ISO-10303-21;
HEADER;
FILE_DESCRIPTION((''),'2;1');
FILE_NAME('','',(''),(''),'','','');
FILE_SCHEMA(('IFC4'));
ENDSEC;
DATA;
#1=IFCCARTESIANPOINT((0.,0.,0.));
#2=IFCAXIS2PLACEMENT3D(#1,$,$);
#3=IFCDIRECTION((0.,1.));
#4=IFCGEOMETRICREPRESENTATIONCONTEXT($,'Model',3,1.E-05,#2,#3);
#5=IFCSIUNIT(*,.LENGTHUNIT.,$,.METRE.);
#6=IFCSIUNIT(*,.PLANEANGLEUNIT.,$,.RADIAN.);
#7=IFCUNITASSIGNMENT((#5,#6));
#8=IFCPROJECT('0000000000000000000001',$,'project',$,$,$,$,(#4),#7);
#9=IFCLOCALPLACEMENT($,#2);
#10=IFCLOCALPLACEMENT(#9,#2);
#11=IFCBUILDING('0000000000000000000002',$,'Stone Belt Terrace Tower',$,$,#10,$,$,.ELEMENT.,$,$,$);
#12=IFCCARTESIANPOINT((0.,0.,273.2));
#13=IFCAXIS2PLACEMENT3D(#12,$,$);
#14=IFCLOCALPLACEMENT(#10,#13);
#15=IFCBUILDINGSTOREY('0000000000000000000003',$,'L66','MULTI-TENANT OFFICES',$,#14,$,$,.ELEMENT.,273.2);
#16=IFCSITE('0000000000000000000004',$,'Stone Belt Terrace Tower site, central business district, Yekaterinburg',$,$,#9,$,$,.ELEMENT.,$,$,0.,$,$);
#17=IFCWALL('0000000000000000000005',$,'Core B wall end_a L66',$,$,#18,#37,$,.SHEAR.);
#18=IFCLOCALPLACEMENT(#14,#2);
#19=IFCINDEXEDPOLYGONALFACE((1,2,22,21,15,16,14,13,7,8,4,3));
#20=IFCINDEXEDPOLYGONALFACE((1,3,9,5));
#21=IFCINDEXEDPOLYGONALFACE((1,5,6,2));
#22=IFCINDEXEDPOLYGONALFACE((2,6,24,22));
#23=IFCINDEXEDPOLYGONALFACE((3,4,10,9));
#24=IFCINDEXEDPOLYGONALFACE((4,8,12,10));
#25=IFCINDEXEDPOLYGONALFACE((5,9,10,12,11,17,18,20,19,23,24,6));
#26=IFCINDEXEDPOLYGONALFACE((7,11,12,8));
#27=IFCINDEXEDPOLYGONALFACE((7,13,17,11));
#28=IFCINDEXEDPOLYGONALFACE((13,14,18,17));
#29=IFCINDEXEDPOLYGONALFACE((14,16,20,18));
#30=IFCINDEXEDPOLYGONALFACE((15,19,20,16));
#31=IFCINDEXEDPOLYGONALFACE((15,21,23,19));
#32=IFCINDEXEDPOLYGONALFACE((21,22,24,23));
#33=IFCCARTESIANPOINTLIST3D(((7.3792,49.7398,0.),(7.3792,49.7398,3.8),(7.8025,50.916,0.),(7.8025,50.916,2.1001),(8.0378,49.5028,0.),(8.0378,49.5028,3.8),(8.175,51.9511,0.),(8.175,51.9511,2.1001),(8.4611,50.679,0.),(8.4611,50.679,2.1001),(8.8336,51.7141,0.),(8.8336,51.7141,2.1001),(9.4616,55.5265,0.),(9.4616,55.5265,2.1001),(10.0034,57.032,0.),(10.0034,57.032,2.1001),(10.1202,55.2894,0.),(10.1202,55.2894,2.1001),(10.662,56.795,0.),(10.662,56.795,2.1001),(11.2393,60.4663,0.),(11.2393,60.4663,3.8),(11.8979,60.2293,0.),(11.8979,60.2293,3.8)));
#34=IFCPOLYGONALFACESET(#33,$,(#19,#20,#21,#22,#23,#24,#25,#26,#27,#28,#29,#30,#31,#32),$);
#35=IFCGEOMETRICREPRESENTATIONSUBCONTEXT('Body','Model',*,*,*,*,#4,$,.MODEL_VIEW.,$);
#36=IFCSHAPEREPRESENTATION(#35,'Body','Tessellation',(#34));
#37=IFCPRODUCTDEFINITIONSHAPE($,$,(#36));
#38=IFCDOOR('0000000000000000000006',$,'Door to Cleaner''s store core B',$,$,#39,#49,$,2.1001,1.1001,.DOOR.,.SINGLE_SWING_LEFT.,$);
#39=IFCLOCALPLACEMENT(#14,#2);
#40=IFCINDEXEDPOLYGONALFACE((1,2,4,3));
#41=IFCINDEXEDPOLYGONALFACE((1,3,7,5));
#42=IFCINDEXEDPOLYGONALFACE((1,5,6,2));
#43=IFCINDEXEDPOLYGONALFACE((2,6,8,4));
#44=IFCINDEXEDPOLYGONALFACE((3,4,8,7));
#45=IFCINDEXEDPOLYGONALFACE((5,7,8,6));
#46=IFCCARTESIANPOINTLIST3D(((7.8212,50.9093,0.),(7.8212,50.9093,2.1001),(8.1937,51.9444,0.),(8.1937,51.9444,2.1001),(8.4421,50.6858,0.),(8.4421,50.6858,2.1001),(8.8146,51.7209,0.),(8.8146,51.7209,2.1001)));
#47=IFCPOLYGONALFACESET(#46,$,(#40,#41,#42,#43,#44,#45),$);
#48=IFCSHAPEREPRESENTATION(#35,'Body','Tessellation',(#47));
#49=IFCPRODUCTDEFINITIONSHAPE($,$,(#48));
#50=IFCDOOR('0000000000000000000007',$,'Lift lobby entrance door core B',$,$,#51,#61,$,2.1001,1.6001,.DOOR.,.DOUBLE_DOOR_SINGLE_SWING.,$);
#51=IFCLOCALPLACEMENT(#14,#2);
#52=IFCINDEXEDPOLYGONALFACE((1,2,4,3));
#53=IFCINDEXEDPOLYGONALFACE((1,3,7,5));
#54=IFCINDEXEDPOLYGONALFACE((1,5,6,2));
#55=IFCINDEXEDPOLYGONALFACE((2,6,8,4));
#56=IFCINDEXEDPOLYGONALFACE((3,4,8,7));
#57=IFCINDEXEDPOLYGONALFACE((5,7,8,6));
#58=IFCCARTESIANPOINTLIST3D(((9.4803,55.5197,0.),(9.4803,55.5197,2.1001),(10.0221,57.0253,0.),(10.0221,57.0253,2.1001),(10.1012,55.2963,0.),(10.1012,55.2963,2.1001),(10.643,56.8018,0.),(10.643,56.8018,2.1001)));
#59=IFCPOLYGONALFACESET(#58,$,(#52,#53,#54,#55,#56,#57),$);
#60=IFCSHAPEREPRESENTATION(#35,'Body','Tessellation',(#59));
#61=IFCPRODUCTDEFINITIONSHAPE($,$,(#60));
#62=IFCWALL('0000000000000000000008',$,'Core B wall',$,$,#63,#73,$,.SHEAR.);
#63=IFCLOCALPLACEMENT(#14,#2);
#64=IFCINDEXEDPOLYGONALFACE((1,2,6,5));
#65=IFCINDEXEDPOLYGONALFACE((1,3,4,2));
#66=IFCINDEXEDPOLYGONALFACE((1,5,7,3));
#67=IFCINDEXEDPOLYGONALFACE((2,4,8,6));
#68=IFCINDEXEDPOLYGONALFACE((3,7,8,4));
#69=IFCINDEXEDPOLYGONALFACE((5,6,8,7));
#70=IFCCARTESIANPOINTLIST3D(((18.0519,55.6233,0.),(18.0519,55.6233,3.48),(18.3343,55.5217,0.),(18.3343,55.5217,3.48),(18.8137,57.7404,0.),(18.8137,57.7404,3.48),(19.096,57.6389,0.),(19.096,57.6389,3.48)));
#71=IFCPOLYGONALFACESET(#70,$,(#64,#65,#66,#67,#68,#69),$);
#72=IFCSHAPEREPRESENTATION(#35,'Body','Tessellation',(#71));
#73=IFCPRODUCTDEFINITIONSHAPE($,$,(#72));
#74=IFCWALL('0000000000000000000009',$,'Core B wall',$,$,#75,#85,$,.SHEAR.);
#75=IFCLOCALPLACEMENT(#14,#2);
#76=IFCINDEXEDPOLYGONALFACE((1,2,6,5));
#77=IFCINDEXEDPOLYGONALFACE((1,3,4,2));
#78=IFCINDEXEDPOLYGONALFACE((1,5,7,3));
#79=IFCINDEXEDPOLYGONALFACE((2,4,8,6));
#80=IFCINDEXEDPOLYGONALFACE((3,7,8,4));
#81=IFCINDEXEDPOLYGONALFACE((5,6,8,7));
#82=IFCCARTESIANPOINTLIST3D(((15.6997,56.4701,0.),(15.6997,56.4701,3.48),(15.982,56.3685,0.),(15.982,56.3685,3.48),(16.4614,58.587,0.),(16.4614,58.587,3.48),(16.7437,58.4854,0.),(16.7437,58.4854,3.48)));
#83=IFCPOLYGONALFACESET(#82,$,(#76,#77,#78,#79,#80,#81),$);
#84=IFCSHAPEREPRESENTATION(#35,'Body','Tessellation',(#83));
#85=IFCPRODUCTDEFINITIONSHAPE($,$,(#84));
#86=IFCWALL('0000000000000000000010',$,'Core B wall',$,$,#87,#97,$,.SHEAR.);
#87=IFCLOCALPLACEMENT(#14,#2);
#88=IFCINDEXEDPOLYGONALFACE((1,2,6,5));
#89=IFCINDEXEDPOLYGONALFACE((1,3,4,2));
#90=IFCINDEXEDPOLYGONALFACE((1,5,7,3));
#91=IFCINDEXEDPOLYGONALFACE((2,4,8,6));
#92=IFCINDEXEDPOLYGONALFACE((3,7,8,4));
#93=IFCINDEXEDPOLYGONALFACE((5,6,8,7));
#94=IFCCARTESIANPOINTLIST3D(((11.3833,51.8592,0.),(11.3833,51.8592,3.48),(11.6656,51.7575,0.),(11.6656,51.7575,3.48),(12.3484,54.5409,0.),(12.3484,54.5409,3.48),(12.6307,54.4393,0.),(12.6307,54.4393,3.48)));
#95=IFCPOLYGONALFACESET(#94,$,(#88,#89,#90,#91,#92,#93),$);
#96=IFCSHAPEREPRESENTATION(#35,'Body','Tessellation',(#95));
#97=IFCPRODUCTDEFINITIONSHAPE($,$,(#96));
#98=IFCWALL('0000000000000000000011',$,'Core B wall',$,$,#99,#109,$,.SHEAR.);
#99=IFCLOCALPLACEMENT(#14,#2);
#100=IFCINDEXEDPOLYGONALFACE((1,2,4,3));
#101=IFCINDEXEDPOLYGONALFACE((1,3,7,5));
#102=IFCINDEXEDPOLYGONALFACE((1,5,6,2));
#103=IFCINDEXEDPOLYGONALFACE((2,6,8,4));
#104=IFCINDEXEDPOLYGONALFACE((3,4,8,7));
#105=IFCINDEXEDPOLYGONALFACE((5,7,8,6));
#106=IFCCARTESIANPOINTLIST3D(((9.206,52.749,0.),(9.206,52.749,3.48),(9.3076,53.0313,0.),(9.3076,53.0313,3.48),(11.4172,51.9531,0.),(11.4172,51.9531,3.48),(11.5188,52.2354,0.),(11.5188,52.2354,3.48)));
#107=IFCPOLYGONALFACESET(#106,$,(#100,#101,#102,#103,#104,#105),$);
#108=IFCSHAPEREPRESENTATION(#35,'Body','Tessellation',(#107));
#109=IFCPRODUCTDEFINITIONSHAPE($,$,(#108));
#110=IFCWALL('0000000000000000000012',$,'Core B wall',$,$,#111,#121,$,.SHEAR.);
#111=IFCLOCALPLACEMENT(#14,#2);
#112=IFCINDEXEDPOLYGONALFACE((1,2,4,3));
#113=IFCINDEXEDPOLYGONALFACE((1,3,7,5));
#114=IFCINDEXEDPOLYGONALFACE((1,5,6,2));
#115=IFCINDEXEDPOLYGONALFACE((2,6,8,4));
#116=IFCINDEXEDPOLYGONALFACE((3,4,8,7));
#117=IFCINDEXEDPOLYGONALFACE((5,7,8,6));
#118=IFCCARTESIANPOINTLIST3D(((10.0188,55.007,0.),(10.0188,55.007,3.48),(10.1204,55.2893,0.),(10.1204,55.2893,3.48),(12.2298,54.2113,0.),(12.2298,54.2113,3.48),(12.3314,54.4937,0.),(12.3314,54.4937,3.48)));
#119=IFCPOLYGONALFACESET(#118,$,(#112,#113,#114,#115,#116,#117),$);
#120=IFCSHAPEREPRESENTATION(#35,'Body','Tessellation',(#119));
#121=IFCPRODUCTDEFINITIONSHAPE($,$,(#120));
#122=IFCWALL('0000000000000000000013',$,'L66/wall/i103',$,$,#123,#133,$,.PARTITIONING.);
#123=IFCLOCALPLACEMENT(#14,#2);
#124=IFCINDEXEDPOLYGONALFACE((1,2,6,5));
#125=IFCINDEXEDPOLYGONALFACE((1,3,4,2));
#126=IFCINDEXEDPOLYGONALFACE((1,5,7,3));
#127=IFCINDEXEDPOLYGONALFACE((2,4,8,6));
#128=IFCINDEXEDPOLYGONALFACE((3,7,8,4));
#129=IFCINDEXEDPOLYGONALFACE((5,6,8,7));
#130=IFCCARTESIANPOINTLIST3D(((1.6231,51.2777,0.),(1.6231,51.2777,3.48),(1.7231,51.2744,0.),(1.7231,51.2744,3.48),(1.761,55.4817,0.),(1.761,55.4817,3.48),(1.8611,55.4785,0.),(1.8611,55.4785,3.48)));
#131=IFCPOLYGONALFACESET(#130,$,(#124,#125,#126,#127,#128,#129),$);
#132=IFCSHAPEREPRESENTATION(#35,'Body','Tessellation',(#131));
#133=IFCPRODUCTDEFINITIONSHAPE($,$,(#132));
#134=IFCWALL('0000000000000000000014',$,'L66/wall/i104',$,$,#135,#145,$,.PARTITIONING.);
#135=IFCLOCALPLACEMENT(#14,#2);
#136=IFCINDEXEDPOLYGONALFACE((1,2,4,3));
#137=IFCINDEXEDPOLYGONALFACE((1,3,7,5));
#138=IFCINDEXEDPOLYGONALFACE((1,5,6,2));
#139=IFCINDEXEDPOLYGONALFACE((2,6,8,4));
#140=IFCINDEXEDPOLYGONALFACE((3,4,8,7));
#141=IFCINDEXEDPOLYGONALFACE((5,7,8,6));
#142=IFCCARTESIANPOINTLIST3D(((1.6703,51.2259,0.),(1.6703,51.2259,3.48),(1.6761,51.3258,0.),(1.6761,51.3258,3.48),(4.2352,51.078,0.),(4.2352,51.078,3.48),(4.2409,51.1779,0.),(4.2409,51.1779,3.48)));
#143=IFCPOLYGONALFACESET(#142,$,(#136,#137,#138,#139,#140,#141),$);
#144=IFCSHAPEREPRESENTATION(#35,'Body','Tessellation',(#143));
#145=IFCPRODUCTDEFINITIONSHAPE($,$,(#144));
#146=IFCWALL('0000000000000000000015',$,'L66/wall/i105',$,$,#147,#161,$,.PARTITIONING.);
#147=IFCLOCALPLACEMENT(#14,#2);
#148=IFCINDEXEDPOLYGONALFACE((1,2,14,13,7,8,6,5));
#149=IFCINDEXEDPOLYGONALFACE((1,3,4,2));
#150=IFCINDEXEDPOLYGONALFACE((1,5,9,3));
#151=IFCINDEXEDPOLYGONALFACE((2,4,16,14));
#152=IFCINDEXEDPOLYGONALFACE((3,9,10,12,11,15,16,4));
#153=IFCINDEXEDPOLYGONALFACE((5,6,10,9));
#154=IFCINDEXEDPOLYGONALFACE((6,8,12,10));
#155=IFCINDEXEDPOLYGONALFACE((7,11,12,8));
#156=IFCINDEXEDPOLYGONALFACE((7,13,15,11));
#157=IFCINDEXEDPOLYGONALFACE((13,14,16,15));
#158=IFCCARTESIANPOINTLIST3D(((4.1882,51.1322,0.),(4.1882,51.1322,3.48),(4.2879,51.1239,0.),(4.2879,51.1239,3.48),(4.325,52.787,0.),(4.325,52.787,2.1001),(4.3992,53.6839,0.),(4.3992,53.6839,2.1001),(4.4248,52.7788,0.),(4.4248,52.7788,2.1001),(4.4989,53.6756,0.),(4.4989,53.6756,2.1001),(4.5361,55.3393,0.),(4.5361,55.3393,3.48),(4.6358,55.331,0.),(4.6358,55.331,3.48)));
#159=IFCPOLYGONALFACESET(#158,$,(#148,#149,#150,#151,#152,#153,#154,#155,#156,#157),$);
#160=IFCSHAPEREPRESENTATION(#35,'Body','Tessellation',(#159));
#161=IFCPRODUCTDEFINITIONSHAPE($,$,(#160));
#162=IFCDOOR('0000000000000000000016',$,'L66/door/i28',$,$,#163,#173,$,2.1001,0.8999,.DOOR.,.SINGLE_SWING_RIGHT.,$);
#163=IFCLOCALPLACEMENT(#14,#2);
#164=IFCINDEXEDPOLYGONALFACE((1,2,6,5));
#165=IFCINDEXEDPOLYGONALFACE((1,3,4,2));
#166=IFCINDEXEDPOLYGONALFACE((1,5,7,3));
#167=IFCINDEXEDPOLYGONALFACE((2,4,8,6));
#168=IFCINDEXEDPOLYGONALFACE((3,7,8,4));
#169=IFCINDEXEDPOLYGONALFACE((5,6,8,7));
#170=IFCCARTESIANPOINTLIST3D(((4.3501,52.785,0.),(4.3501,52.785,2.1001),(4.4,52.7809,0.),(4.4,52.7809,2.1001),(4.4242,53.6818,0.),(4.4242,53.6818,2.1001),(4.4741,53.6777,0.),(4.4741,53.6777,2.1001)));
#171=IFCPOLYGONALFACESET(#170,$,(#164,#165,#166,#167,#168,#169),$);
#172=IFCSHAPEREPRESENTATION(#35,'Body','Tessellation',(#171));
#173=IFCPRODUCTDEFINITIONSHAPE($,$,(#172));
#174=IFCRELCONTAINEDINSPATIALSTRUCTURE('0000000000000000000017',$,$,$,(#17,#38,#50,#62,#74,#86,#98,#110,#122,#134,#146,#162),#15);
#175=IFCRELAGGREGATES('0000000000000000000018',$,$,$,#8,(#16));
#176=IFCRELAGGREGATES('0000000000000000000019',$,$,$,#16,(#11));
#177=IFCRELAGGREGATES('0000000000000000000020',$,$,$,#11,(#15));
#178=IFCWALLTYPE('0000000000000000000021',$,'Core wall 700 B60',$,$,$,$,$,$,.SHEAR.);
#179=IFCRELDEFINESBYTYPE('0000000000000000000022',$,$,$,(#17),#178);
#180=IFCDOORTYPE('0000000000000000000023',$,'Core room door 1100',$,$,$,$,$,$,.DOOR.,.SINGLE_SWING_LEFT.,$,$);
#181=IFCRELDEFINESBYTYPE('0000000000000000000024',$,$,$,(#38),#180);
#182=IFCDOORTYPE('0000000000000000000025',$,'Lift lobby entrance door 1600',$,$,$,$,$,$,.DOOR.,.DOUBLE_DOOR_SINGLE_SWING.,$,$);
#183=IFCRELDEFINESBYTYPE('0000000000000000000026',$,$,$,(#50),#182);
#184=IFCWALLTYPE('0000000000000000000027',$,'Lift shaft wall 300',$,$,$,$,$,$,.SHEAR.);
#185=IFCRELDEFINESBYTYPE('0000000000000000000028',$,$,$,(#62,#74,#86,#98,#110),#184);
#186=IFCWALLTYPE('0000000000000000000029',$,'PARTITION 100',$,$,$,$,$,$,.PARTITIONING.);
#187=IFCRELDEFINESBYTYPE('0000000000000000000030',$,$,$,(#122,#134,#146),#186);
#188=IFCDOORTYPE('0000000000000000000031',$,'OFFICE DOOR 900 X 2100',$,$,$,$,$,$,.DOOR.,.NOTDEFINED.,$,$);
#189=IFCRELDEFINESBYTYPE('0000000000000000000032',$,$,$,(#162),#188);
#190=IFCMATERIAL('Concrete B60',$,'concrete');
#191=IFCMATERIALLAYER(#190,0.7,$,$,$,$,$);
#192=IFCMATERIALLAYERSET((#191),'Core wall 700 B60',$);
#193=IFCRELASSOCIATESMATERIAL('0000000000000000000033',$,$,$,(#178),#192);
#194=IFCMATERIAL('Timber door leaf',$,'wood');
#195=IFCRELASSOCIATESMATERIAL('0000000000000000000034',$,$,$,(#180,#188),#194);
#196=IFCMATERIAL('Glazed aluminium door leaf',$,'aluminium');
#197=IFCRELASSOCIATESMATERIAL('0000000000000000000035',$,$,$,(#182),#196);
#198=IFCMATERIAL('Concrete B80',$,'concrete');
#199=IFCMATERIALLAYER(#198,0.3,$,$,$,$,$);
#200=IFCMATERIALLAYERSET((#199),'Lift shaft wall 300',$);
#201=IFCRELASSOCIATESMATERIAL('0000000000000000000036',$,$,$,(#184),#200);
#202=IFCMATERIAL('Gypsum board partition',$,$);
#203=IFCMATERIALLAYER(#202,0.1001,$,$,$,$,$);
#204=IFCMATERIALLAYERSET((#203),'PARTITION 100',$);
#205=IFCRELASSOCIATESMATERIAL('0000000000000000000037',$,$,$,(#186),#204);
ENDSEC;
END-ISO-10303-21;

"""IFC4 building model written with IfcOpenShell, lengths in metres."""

from ifc_helpers import new_model, si_unit, direction, frame, frame_2d, origin, place, context, subcontext, project, spatial, rectangle, extrude, material, layer, layer_set, type_object, element, fill, save


model = new_model("IFC4")

# Units and contexts
model_context = context("Model", 3, precision=1e-05, world=origin(), true_north=direction((0.0, 1.0)))
body_context = subcontext(model_context, "Body", "Model", "MODEL_VIEW")
ifc_project = project(units=[si_unit("LENGTHUNIT", "METRE"), si_unit("PLANEANGLEUNIT", "RADIAN")], contexts=[model_context])

# Site, building, storey
site_placement = place(None, origin())
site = spatial("IfcSite", under=ifc_project, at=site_placement, Name="Stone Belt Terrace Tower site, central business district, Yekaterinburg", CompositionType="ELEMENT", RefElevation=0.0)
building_placement = place(site_placement, origin())
building = spatial("IfcBuilding", under=site, at=building_placement, Name="Stone Belt Terrace Tower", CompositionType="ELEMENT")
storey_placement = place(building_placement, frame((0.0, 0.0, 273.2)))
storey = spatial("IfcBuildingStorey", under=building, at=storey_placement, Name="L66", Description="MULTI-TENANT OFFICES", CompositionType="ELEMENT", Elevation=273.2)

# Shared definitions
ifc_material_1 = material(Name="Concrete B60", Category="concrete")

# Shared definitions
ifc_material_2 = material(Name="Timber door leaf", Category="wood")

# Wall, openings, doors
ifc_layer_1 = layer(ifc_material_1, 0.7)
ifc_layer_set_1 = layer_set([ifc_layer_1], Name="Core wall 700 B60")
wall_type_1 = type_object("IfcWallType", Name="Core wall 700 B60", PredefinedType="SHEAR", material=ifc_layer_set_1)
door_type_1 = type_object("IfcDoorType", Name="Core room door 1100", OperationType="SINGLE_SWING_LEFT", PredefinedType="DOOR", material=ifc_material_2)
wall_1_placement = place(storey_placement, frame((7.7085, 49.6213, 0.0), z_axis=(0.0, 0.0, 1.0), x_axis=(0.338606, 0.940928, 0.0)))
wall_1 = element("IfcWall", 1, at=wall_1_placement, inside=storey, type_object=wall_type_1, Name="Core B wall end_a L66", PredefinedType="SHEAR", context=body_context, shape_type="SweptSolid", body=[
    extrude(rectangle(XDim=11.3999, YDim=0.7, at=frame_2d((5.7, 0.0))), origin(), (0.0, 0.0, 1.0), 3.8),
])
opening_1_placement = place(wall_1_placement, frame((6.1499, 0.0, 0.0)))
opening_1 = element("IfcOpeningElement", 2, at=opening_1_placement, cuts=wall_1, PredefinedType="OPENING", context=body_context, shape_type="SweptSolid", body=[
    extrude(rectangle(XDim=1.6001, YDim=2.1001, at=frame_2d((0.8, 1.05))), frame((0.0, 0.3599, 0.0), z_axis=(0.0, -1.0, 0.0), x_axis=(1.0, 0.0, 0.0)), (0.0, 0.0, 1.0), 0.72),
])
opening_2_placement = place(wall_1_placement, frame((1.25, 0.0, 0.0)))
opening_2 = element("IfcOpeningElement", 3, at=opening_2_placement, cuts=wall_1, PredefinedType="OPENING", context=body_context, shape_type="SweptSolid", body=[
    extrude(rectangle(XDim=1.1001, YDim=2.1001, at=frame_2d((0.55, 1.05))), frame((0.0, 0.3599, 0.0), z_axis=(0.0, -1.0, 0.0), x_axis=(1.0, 0.0, 0.0)), (0.0, 0.0, 1.0), 0.72),
])
door_1_placement = place(opening_2_placement, origin())
door_1 = element("IfcDoor", 4, at=door_1_placement, inside=storey, type_object=door_type_1, Name="Door to Cleaner's store core B", OperationType="SINGLE_SWING_LEFT", OverallHeight=2.1001, OverallWidth=1.1001, PredefinedType="DOOR", context=body_context, shape_type="SweptSolid", body=[
    extrude(rectangle(XDim=1.1001, YDim=2.1001, at=frame_2d((0.55, 1.05))), frame((0.0, 0.3301, 0.0), z_axis=(0.0, -1.0, 0.0), x_axis=(1.0, 0.0, 0.0)), (0.0, 0.0, 1.0), 0.6599),
])
fill(opening_2, door_1)
ifc_material_3 = material(Name="Glazed aluminium door leaf", Category="aluminium")
door_type_2 = type_object("IfcDoorType", Name="Lift lobby entrance door 1600", OperationType="DOUBLE_DOOR_SINGLE_SWING", PredefinedType="DOOR", material=ifc_material_3)
door_2_placement = place(opening_1_placement, origin())
door_2 = element("IfcDoor", 5, at=door_2_placement, inside=storey, type_object=door_type_2, Name="Lift lobby entrance door core B", OperationType="DOUBLE_DOOR_SINGLE_SWING", OverallHeight=2.1001, OverallWidth=1.6001, PredefinedType="DOOR", context=body_context, shape_type="SweptSolid", body=[
    extrude(rectangle(XDim=1.6001, YDim=2.1001, at=frame_2d((0.8, 1.05))), frame((0.0, 0.3301, 0.0), z_axis=(0.0, -1.0, 0.0), x_axis=(1.0, 0.0, 0.0)), (0.0, 0.0, 1.0), 0.6599),
])
fill(opening_1, door_2)

# Walls
ifc_material_4 = material(Name="Concrete B80", Category="concrete")
ifc_layer_2 = layer(ifc_material_4, 0.3)
ifc_layer_set_2 = layer_set([ifc_layer_2], Name="Lift shaft wall 300")
wall_type_2 = type_object("IfcWallType", Name="Lift shaft wall 300", PredefinedType="SHEAR", material=ifc_layer_set_2)
wall_2_placement = place(storey_placement, frame((18.1931, 55.5725, 0.0), z_axis=(0.0, 0.0, 1.0), x_axis=(0.338535, 0.940954, 0.0)))
element("IfcWall", 6, at=wall_2_placement, inside=storey, type_object=wall_type_2, Name="Core B wall", PredefinedType="SHEAR", context=body_context, shape_type="SweptSolid", body=[
    extrude(rectangle(XDim=2.25, YDim=0.3, at=frame_2d((1.125, 0.0))), origin(), (0.0, 0.0, 1.0), 3.48),
])
wall_3_placement = place(storey_placement, frame((15.8408, 56.4192, 0.0), z_axis=(0.0, 0.0, 1.0), x_axis=(0.33857, 0.940941, 0.0)))
element("IfcWall", 7, at=wall_3_placement, inside=storey, type_object=wall_type_2, Name="Core B wall", PredefinedType="SHEAR", context=body_context, shape_type="SweptSolid", body=[
    extrude(rectangle(XDim=2.2498, YDim=0.3, at=frame_2d((1.125, 0.0))), origin(), (0.0, 0.0, 1.0), 3.48),
])
wall_4_placement = place(storey_placement, frame((11.5244, 51.8083, 0.0), z_axis=(0.0, 0.0, 1.0), x_axis=(0.338625, 0.940921, 0.0)))
element("IfcWall", 8, at=wall_4_placement, inside=storey, type_object=wall_type_2, Name="Core B wall", PredefinedType="SHEAR", context=body_context, shape_type="SweptSolid", body=[
    extrude(rectangle(XDim=2.8501, YDim=0.3, at=frame_2d((1.425, 0.0))), origin(), (0.0, 0.0, 1.0), 3.48),
])
wall_5_placement = place(storey_placement, frame((11.468, 52.0942, 0.0), z_axis=(0.0, 0.0, 1.0), x_axis=(-0.940905, 0.338672, 0.0)))
element("IfcWall", 9, at=wall_5_placement, inside=storey, type_object=wall_type_2, Name="Core B wall", PredefinedType="SHEAR", context=body_context, shape_type="SweptSolid", body=[
    extrude(rectangle(XDim=2.3501, YDim=0.3, at=frame_2d((1.175, 0.0))), origin(), (0.0, 0.0, 1.0), 3.48),
])
wall_6_placement = place(storey_placement, frame((12.2805, 54.3525, 0.0), z_axis=(0.0, 0.0, 1.0), x_axis=(-0.940926, 0.338613, 0.0)))
element("IfcWall", 10, at=wall_6_placement, inside=storey, type_object=wall_type_2, Name="Core B wall", PredefinedType="SHEAR", context=body_context, shape_type="SweptSolid", body=[
    extrude(rectangle(XDim=2.3499, YDim=0.3, at=frame_2d((1.1748, 0.0))), origin(), (0.0, 0.0, 1.0), 3.48),
])
ifc_material_5 = material(Name="Gypsum board partition")
ifc_layer_3 = layer(ifc_material_5, 0.1001)
ifc_layer_set_3 = layer_set([ifc_layer_3], Name="PARTITION 100")
wall_type_3 = type_object("IfcWallType", Name="PARTITION 100", PredefinedType="PARTITIONING", material=ifc_layer_set_3)
wall_7_placement = place(storey_placement, frame((1.811, 55.48, 0.0), z_axis=(0.0, 0.0, 1.0), x_axis=(-0.032793, -0.999462, 0.0)))
element("IfcWall", 11, at=wall_7_placement, inside=storey, type_object=wall_type_3, Name="L66/wall/i103", PredefinedType="PARTITIONING", context=body_context, shape_type="SweptSolid", body=[
    extrude(rectangle(XDim=4.2063, YDim=0.1001, at=frame_2d((2.103, 0.0))), origin(), (0.0, 0.0, 1.0), 3.48),
])
wall_8_placement = place(storey_placement, frame((1.6731, 51.2759, 0.0), z_axis=(0.0, 0.0, 1.0), x_axis=(0.998341, -0.057586, 0.0)))
element("IfcWall", 12, at=wall_8_placement, inside=storey, type_object=wall_type_3, Name="L66/wall/i104", PredefinedType="PARTITIONING", context=body_context, shape_type="SweptSolid", body=[
    extrude(rectangle(XDim=2.5691, YDim=0.1001, at=frame_2d((1.2847, 0.0))), origin(), (0.0, 0.0, 1.0), 3.48),
])

# Wall, opening, door
wall_9_placement = place(storey_placement, frame((4.238, 51.1279, 0.0), z_axis=(0.0, 0.0, 1.0), x_axis=(0.082414, 0.996598, 0.0)))
wall_9 = element("IfcWall", 13, at=wall_9_placement, inside=storey, type_object=wall_type_3, Name="L66/wall/i105", PredefinedType="PARTITIONING", context=body_context, shape_type="SweptSolid", body=[
    extrude(rectangle(XDim=4.2214, YDim=0.1001, at=frame_2d((2.1108, 0.0))), origin(), (0.0, 0.0, 1.0), 3.48),
])
opening_3_placement = place(wall_9_placement, frame((1.6606, 0.0, 0.0)))
opening_3 = element("IfcOpeningElement", 14, at=opening_3_placement, cuts=wall_9, PredefinedType="OPENING", context=body_context, shape_type="SweptSolid", body=[
    extrude(rectangle(XDim=0.8999, YDim=2.1001, at=frame_2d((0.45, 1.05))), frame((0.0, 0.0601, 0.0), z_axis=(0.0, -1.0, 0.0), x_axis=(1.0, 0.0, 0.0)), (0.0, 0.0, 1.0), 0.1201),
])
door_type_3 = type_object("IfcDoorType", Name="OFFICE DOOR 900 X 2100", OperationType="NOTDEFINED", PredefinedType="DOOR", material=ifc_material_2)
door_3_placement = place(opening_3_placement, origin())
door_3 = element("IfcDoor", 15, at=door_3_placement, inside=storey, type_object=door_type_3, Name="L66/door/i28", OperationType="SINGLE_SWING_RIGHT", OverallHeight=2.1001, OverallWidth=0.8999, PredefinedType="DOOR", context=body_context, shape_type="SweptSolid", body=[
    extrude(rectangle(XDim=0.8999, YDim=2.1001, at=frame_2d((0.45, 1.05))), frame((0.0, 0.0249, 0.0), z_axis=(0.0, -1.0, 0.0), x_axis=(1.0, 0.0, 0.0)), (0.0, 0.0, 1.0), 0.05),
])
fill(opening_3, door_3)

save(model, "model.ifc")
